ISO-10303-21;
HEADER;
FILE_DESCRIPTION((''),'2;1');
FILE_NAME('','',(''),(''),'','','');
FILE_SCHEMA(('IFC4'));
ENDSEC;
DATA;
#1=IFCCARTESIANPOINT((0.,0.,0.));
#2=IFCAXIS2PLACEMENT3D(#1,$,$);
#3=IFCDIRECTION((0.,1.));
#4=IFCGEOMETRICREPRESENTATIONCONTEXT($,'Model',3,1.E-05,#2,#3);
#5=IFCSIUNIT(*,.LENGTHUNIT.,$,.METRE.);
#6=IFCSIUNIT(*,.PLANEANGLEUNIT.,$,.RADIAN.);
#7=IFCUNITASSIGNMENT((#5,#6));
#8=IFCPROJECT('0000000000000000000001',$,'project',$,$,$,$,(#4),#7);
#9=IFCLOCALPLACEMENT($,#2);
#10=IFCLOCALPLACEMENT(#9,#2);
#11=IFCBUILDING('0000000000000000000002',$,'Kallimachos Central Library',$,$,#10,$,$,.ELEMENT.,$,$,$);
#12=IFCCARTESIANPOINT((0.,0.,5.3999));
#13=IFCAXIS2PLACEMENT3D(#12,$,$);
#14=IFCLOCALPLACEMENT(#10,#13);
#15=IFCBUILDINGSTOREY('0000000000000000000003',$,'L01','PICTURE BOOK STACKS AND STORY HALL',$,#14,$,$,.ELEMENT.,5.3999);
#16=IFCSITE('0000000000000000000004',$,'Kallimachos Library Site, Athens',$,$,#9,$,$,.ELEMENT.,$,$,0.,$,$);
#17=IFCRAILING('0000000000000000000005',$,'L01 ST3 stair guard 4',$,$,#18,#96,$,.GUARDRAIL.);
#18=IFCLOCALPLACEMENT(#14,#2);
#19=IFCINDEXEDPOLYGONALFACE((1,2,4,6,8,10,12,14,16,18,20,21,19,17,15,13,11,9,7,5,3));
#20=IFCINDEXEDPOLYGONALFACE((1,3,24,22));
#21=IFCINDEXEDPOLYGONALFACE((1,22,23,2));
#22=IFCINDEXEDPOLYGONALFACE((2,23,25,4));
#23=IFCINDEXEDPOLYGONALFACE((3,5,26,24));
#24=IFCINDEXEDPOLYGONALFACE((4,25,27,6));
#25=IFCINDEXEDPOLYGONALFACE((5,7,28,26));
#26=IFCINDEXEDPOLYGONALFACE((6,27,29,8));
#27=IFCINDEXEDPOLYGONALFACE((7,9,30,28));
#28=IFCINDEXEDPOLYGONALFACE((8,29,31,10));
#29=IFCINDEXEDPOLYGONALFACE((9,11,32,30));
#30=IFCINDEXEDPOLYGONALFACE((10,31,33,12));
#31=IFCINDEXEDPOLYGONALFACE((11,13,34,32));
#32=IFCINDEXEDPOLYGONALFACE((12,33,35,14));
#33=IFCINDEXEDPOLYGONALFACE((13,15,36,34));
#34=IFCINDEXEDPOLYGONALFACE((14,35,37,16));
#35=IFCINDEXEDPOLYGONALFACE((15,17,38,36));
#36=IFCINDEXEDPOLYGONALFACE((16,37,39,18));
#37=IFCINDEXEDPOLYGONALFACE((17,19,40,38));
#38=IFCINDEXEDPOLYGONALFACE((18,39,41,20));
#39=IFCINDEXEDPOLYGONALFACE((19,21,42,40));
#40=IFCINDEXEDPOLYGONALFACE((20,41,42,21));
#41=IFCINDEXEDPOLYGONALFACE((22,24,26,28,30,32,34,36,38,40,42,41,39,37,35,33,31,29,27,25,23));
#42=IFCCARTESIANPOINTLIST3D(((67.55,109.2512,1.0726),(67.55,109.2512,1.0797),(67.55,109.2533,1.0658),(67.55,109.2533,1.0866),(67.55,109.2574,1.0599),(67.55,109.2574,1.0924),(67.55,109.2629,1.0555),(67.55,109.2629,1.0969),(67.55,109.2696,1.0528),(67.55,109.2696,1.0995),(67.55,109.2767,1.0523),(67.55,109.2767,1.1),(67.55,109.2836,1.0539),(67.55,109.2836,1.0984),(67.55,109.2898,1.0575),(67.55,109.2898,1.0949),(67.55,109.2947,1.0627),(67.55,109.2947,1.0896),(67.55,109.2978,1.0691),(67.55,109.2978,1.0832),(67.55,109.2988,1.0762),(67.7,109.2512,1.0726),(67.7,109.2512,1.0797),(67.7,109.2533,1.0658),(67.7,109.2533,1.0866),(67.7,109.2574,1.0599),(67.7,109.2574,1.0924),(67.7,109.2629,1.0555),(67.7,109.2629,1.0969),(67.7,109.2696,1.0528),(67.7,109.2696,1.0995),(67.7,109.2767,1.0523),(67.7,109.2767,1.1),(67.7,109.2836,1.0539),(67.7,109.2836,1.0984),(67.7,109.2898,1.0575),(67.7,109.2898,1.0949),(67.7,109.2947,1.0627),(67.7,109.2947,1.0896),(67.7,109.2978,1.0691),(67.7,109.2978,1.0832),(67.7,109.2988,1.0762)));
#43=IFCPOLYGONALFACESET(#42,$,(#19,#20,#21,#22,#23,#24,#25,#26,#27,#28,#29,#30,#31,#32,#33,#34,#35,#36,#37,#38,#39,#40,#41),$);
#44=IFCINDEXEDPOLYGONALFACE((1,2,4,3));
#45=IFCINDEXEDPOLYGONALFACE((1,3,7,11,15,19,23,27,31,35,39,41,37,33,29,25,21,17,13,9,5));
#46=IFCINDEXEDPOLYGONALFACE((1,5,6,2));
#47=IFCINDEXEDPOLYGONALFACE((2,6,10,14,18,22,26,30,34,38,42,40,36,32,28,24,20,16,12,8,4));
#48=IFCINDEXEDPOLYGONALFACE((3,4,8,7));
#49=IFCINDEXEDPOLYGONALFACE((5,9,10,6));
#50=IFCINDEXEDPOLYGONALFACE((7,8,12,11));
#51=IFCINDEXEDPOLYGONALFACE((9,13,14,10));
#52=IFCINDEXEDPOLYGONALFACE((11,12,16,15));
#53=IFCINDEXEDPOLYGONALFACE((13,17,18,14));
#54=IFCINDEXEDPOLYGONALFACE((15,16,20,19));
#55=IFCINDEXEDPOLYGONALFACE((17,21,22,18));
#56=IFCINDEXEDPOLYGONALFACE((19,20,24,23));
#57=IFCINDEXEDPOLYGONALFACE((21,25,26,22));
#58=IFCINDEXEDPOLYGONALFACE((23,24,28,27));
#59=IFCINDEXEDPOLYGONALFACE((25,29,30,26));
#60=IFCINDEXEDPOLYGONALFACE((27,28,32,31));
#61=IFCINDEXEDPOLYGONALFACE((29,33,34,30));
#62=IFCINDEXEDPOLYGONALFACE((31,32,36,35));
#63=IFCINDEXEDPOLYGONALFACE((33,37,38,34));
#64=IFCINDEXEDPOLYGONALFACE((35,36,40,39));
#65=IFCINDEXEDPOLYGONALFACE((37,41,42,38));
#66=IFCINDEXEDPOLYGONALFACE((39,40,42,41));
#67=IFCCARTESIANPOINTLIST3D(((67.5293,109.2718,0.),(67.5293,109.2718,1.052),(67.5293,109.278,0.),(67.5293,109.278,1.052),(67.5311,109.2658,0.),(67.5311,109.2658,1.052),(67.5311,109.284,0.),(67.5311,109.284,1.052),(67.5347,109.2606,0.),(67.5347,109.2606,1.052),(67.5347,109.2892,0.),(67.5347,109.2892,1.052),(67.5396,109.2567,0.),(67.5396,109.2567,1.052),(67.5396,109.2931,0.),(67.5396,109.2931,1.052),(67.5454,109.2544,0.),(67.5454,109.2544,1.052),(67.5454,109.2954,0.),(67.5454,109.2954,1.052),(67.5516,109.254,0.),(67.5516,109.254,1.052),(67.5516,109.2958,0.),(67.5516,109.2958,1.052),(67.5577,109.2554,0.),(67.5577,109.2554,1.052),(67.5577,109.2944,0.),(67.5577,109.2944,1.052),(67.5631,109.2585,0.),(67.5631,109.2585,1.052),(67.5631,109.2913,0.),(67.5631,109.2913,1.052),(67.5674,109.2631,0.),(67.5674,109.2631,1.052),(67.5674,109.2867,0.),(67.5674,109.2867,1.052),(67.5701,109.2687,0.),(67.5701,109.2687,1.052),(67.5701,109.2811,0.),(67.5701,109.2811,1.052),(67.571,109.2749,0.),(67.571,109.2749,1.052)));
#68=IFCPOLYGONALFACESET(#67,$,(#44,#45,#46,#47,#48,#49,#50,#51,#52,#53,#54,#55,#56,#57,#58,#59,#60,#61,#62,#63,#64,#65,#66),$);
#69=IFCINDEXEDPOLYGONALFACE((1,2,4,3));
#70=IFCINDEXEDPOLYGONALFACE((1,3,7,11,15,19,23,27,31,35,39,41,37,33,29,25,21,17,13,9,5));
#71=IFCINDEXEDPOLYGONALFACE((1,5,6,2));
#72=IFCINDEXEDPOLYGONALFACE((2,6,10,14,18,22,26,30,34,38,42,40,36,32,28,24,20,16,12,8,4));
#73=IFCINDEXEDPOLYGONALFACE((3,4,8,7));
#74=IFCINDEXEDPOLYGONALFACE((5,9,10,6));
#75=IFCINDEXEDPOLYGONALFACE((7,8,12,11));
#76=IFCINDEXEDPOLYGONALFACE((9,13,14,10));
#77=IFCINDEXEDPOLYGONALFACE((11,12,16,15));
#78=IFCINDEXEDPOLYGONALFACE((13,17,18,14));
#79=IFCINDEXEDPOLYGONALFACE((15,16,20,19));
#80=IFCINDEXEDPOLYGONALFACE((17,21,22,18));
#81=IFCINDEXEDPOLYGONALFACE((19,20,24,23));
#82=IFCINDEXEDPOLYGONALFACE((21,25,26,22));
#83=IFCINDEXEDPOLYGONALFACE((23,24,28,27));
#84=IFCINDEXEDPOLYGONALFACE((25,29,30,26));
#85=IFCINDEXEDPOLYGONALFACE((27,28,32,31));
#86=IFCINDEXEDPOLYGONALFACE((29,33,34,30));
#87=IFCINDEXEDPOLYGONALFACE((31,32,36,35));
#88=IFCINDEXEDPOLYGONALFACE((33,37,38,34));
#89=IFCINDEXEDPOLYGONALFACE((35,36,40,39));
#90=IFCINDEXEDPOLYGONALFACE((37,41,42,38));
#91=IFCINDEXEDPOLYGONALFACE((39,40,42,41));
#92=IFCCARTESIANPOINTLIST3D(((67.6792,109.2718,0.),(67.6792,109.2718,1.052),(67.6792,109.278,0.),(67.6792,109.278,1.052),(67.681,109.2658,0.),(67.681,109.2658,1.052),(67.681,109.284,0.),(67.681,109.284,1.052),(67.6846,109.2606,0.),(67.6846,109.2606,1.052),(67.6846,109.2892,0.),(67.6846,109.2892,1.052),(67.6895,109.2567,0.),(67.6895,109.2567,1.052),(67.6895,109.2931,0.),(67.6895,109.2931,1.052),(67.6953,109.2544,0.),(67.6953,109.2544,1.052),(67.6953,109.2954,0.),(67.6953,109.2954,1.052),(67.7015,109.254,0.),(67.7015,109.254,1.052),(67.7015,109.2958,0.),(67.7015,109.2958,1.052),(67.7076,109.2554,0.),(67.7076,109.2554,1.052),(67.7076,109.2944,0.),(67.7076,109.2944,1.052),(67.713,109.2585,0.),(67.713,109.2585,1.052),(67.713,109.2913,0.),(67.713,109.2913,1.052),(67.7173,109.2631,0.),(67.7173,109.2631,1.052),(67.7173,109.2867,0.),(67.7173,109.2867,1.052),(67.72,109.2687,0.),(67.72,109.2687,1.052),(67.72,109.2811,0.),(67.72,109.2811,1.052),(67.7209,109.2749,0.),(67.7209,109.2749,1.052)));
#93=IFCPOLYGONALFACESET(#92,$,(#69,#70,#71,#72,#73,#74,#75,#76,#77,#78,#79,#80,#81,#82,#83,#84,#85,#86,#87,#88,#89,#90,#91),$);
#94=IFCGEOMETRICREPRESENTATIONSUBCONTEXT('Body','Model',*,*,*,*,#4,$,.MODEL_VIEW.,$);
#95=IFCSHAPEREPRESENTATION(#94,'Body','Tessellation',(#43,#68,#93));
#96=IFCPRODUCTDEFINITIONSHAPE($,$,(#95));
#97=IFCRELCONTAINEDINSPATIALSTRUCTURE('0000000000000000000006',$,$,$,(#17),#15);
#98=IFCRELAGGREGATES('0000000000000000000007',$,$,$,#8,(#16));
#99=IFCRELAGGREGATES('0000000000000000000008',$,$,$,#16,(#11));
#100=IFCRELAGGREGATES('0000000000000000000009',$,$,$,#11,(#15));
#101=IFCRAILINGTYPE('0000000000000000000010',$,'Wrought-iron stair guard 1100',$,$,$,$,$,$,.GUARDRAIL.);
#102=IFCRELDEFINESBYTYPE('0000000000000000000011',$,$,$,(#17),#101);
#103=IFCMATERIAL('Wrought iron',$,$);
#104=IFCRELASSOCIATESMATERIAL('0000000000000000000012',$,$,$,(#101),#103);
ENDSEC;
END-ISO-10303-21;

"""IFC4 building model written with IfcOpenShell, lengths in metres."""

from ifc_helpers import new_model, si_unit, direction, frame, origin, origin_2d, place, context, subcontext, project, spatial, circle, extrude, material, type_object, element, save


model = new_model("IFC4")

# Units and contexts
model_context = context("Model", 3, precision=1e-05, world=origin(), true_north=direction((0.0, 1.0)))
body_context = subcontext(model_context, "Body", "Model", "MODEL_VIEW")
ifc_project = project(units=[si_unit("LENGTHUNIT", "METRE"), si_unit("PLANEANGLEUNIT", "RADIAN")], contexts=[model_context])

# Site, building, storey
site_placement = place(None, origin())
site = spatial("IfcSite", under=ifc_project, at=site_placement, Name="Kallimachos Library Site, Athens", CompositionType="ELEMENT", RefElevation=0.0)
building_placement = place(site_placement, origin())
building = spatial("IfcBuilding", under=site, at=building_placement, Name="Kallimachos Central Library", CompositionType="ELEMENT")
storey_placement = place(building_placement, frame((0.0, 0.0, 5.3999)))
storey = spatial("IfcBuildingStorey", under=building, at=storey_placement, Name="L01", Description="PICTURE BOOK STACKS AND STORY HALL", CompositionType="ELEMENT", Elevation=5.3999)

# Railing
ifc_material_1 = material(Name="Wrought iron")
railing_type_1 = type_object("IfcRailingType", Name="Wrought-iron stair guard 1100", PredefinedType="GUARDRAIL", material=ifc_material_1)
railing_1_placement = place(storey_placement, frame((67.55, 109.2749, 0.0)))
element("IfcRailing", 1, at=railing_1_placement, inside=storey, type_object=railing_type_1, Name="L01 ST3 stair guard 4", PredefinedType="GUARDRAIL", context=body_context, shape_type="SweptSolid", body=[
    extrude(circle(Radius=0.0239, at=origin_2d()), frame((0.0, 0.0, 1.0762), z_axis=(1.0, 0.0, 0.0), x_axis=(0.0, 1.0, 0.0)), (0.0, 0.0, 1.0), 0.1499),
    extrude(circle(Radius=0.021, at=origin_2d()), origin(), (0.0, 0.0, 1.0), 1.052),
    extrude(circle(Radius=0.021, at=origin_2d()), frame((0.1499, 0.0, 0.0)), (0.0, 0.0, 1.0), 1.052),
])

save(model, "model.ifc")
